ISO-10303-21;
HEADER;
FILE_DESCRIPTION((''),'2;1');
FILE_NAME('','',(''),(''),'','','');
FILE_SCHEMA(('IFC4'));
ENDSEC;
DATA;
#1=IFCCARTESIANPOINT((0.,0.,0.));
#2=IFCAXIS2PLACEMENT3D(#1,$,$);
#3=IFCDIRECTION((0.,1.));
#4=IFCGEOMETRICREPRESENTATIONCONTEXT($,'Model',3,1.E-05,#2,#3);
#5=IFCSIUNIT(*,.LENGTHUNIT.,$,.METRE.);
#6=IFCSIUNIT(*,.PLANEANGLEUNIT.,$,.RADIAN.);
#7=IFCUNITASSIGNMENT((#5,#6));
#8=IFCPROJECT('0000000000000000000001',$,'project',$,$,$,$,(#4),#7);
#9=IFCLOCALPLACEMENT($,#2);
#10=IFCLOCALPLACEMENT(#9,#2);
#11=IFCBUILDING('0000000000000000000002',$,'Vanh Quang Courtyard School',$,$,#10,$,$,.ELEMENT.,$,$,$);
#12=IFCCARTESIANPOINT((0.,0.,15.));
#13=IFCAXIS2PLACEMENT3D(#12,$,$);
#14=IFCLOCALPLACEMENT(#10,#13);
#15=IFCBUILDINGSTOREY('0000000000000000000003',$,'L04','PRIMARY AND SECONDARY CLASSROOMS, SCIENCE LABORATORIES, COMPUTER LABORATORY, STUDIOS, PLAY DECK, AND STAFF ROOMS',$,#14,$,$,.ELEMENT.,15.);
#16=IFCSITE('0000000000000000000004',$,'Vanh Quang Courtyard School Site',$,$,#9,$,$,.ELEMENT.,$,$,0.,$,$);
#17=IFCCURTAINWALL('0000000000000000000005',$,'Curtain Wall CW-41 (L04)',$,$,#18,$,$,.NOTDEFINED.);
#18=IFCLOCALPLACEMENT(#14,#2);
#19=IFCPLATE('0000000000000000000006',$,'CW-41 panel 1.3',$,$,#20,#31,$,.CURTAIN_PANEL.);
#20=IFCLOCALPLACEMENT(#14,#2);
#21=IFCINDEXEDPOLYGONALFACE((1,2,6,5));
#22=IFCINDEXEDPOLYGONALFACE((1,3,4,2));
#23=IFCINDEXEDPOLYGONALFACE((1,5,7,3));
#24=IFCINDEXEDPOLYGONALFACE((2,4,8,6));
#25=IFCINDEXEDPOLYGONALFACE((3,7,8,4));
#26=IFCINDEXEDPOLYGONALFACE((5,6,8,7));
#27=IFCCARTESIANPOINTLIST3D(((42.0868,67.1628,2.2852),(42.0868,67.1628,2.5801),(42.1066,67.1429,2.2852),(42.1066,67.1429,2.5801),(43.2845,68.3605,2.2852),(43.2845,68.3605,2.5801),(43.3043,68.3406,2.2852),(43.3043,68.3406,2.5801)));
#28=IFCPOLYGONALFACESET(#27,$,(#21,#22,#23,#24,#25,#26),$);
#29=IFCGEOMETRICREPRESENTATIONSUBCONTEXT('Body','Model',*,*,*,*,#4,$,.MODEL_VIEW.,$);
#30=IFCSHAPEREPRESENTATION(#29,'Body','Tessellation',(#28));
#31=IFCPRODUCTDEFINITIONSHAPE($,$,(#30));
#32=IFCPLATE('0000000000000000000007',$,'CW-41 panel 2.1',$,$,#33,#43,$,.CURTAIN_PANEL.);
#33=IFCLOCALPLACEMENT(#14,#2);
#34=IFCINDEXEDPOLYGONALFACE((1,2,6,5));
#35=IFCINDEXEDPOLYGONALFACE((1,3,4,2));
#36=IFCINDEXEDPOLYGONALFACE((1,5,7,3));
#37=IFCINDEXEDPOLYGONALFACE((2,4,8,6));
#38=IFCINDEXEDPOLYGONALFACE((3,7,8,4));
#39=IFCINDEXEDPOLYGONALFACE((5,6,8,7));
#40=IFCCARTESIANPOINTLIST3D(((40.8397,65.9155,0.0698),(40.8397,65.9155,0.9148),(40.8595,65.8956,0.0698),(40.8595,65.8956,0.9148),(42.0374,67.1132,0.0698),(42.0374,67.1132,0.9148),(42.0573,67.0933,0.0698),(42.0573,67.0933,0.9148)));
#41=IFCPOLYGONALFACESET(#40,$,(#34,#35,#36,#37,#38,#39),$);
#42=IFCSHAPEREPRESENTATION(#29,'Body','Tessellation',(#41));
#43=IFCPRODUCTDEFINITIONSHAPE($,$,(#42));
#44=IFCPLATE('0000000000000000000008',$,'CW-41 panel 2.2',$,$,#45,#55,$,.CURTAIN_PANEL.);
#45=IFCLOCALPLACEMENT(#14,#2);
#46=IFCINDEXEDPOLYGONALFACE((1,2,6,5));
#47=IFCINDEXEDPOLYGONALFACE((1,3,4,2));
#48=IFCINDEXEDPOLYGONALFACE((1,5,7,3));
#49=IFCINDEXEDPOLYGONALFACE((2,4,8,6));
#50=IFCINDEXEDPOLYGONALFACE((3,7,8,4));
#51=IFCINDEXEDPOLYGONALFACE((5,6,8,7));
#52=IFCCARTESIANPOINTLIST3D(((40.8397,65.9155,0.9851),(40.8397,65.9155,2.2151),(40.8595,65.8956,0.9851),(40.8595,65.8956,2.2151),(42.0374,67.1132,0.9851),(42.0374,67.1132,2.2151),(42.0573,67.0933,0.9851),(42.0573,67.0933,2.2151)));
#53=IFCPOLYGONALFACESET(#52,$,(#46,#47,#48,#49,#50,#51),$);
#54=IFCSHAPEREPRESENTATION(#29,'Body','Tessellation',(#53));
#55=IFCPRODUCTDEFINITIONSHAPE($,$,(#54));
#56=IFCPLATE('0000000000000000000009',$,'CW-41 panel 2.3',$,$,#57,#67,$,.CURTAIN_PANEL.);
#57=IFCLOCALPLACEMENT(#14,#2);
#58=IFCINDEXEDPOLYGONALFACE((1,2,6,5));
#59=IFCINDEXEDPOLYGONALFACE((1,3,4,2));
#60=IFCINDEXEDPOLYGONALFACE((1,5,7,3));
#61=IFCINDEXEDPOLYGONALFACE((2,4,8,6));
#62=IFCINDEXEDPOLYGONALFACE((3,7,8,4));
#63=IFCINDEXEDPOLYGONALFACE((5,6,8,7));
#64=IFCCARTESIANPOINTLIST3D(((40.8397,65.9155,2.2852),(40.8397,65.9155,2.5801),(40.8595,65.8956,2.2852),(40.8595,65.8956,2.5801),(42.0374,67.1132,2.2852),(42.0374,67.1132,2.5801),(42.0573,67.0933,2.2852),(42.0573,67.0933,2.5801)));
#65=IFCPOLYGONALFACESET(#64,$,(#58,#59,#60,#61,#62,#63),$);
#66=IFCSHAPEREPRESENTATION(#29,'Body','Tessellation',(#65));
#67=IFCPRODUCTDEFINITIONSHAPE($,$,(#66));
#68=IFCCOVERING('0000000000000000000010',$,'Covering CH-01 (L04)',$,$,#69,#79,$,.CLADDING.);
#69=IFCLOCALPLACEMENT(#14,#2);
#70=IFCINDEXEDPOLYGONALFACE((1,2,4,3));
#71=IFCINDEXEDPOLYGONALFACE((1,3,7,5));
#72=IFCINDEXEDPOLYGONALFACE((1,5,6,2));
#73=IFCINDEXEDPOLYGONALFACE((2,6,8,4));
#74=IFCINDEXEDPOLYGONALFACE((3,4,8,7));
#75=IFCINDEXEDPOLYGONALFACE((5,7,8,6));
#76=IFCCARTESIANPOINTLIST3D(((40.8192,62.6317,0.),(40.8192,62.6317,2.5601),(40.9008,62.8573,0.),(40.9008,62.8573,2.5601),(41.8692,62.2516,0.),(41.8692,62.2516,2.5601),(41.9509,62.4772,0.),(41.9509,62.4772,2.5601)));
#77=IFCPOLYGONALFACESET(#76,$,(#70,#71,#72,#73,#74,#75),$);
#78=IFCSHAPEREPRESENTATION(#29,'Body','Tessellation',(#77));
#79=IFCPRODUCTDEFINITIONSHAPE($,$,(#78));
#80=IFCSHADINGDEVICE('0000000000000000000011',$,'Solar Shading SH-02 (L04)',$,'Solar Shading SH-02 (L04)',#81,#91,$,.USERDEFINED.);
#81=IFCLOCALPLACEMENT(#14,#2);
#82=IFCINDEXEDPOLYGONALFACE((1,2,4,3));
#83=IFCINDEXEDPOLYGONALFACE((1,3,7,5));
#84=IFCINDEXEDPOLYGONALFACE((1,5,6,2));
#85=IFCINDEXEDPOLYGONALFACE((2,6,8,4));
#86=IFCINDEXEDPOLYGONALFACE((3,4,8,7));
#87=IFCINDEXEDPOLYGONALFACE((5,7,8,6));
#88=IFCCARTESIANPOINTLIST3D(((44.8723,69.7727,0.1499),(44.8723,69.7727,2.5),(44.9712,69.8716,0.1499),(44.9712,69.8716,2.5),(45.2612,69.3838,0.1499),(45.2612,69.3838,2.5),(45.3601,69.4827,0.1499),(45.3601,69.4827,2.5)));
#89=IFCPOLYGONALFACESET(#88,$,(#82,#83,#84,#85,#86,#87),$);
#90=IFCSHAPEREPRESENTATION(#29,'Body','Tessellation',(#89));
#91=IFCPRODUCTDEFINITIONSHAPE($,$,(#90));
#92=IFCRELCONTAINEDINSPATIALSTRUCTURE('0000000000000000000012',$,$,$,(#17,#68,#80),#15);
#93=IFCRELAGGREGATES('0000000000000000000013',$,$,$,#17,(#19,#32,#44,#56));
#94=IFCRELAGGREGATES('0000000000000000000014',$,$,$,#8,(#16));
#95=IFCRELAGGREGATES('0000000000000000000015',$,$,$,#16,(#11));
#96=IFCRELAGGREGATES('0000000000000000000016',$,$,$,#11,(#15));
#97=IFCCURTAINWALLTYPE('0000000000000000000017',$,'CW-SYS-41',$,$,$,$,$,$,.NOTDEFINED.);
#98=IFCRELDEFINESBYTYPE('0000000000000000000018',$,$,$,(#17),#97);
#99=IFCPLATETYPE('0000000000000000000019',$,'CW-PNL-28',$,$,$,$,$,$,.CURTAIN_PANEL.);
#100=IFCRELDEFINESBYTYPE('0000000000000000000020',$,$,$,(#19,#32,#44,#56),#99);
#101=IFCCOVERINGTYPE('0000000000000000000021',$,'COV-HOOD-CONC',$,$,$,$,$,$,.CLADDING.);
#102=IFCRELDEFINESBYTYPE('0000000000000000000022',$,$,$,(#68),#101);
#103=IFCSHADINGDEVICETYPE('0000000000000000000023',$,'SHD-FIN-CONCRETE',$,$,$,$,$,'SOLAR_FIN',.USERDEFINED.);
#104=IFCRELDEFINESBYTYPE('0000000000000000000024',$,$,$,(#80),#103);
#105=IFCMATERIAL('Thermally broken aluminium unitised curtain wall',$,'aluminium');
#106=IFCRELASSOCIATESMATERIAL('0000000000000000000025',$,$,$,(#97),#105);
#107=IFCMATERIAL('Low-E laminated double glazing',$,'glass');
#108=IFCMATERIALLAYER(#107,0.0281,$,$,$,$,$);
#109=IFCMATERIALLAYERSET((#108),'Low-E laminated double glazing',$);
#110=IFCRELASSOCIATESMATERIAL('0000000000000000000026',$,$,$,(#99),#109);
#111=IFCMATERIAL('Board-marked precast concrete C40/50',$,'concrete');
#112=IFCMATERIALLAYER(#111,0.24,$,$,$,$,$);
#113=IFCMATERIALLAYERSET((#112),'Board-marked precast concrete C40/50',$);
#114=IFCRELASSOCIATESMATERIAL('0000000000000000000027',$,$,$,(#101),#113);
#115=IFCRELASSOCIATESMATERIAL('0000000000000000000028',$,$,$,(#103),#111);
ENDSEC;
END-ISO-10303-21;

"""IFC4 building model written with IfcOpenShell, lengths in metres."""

from ifc_helpers import new_model, si_unit, direction, frame, origin, origin_2d, place, context, subcontext, project, spatial, rectangle, extrude, material, layer, layer_set, type_object, element, aggregate, save


model = new_model("IFC4")

# Units and contexts
model_context = context("Model", 3, precision=1e-05, world=origin(), true_north=direction((0.0, 1.0)))
body_context = subcontext(model_context, "Body", "Model", "MODEL_VIEW")
ifc_project = project(units=[si_unit("LENGTHUNIT", "METRE"), si_unit("PLANEANGLEUNIT", "RADIAN")], contexts=[model_context])

# Site, building, storey
site_placement = place(None, origin())
site = spatial("IfcSite", under=ifc_project, at=site_placement, Name="Vanh Quang Courtyard School Site", CompositionType="ELEMENT", RefElevation=0.0)
building_placement = place(site_placement, origin())
building = spatial("IfcBuilding", under=site, at=building_placement, Name="Vanh Quang Courtyard School", CompositionType="ELEMENT")
storey_placement = place(building_placement, frame((0.0, 0.0, 15.0)))
storey = spatial("IfcBuildingStorey", under=building, at=storey_placement, Name="L04", Description="PRIMARY AND SECONDARY CLASSROOMS, SCIENCE LABORATORIES, COMPUTER LABORATORY, STUDIOS, PLAY DECK, AND STAFF ROOMS", CompositionType="ELEMENT", Elevation=15.0)

# Curtain wall, plates
ifc_material_1 = material(Name="Thermally broken aluminium unitised curtain wall", Category="aluminium")
curtain_wall_type = type_object("IfcCurtainWallType", Name="CW-SYS-41", PredefinedType="NOTDEFINED", material=ifc_material_1)
curtain_wall_placement = place(storey_placement, origin())
curtain_wall = element("IfcCurtainWall", 1, at=curtain_wall_placement, inside=storey, type_object=curtain_wall_type, Name="Curtain Wall CW-41 (L04)", PredefinedType="NOTDEFINED")
ifc_material_2 = material(Name="Low-E laminated double glazing", Category="glass")
ifc_layer_1 = layer(ifc_material_2, 0.0281)
ifc_layer_set_1 = layer_set([ifc_layer_1], Name="Low-E laminated double glazing")
plate_type = type_object("IfcPlateType", Name="CW-PNL-28", PredefinedType="CURTAIN_PANEL", material=ifc_layer_set_1)
plate_1_placement = place(storey_placement, frame((42.6956, 67.7517, 2.2852), z_axis=(0.0, 0.0, 1.0), x_axis=(-0.707107, -0.707107, 0.0)))
plate_1 = element("IfcPlate", 2, at=plate_1_placement, type_object=plate_type, Name="CW-41 panel 1.3", PredefinedType="CURTAIN_PANEL", context=body_context, shape_type="SweptSolid", body=[
    extrude(rectangle(XDim=1.6938, YDim=0.0281, at=origin_2d()), origin(), (0.0, 0.0, 1.0), 0.2949),
])
plate_2_placement = place(storey_placement, frame((41.4485, 66.5044, 0.0698), z_axis=(0.0, 0.0, 1.0), x_axis=(-0.707107, -0.707107, 0.0)))
plate_2 = element("IfcPlate", 3, at=plate_2_placement, type_object=plate_type, Name="CW-41 panel 2.1", PredefinedType="CURTAIN_PANEL", context=body_context, shape_type="SweptSolid", body=[
    extrude(rectangle(XDim=1.6938, YDim=0.0281, at=origin_2d()), origin(), (0.0, 0.0, 1.0), 0.845),
])
plate_3_placement = place(storey_placement, frame((41.4485, 66.5044, 0.9851), z_axis=(0.0, 0.0, 1.0), x_axis=(-0.707107, -0.707107, 0.0)))
plate_3 = element("IfcPlate", 4, at=plate_3_placement, type_object=plate_type, Name="CW-41 panel 2.2", PredefinedType="CURTAIN_PANEL", context=body_context, shape_type="SweptSolid", body=[
    extrude(rectangle(XDim=1.6938, YDim=0.0281, at=origin_2d()), origin(), (0.0, 0.0, 1.0), 1.23),
])
plate_4_placement = place(storey_placement, frame((41.4485, 66.5044, 2.2852), z_axis=(0.0, 0.0, 1.0), x_axis=(-0.707107, -0.707107, 0.0)))
plate_4 = element("IfcPlate", 5, at=plate_4_placement, type_object=plate_type, Name="CW-41 panel 2.3", PredefinedType="CURTAIN_PANEL", context=body_context, shape_type="SweptSolid", body=[
    extrude(rectangle(XDim=1.6938, YDim=0.0281, at=origin_2d()), origin(), (0.0, 0.0, 1.0), 0.2949),
])
aggregate(curtain_wall, [plate_1, plate_2, plate_3, plate_4])

# Covering
ifc_material_3 = material(Name="Board-marked precast concrete C40/50", Category="concrete")
ifc_layer_2 = layer(ifc_material_3, 0.24)
ifc_layer_set_2 = layer_set([ifc_layer_2], Name="Board-marked precast concrete C40/50")
covering_type = type_object("IfcCoveringType", Name="COV-HOOD-CONC", PredefinedType="CLADDING", material=ifc_layer_set_2)
covering_placement = place(storey_placement, frame((41.385, 62.5544, 0.0), z_axis=(0.0, 0.0, 1.0), x_axis=(0.940288, -0.34038, 0.0)))
element("IfcCovering", 6, at=covering_placement, inside=storey, type_object=covering_type, Name="Covering CH-01 (L04)", PredefinedType="CLADDING", context=body_context, shape_type="SweptSolid", body=[
    extrude(rectangle(XDim=1.1167, YDim=0.24, at=origin_2d()), origin(), (0.0, 0.0, 1.0), 2.5601),
])

# Shading device
shading_device_type = type_object("IfcShadingDeviceType", Name="SHD-FIN-CONCRETE", ElementType="SOLAR_FIN", PredefinedType="USERDEFINED", material=ifc_material_3)
shading_device_placement = place(storey_placement, frame((45.1162, 69.6277, 0.1499), z_axis=(0.0, 0.0, 1.0), x_axis=(-0.707107, -0.707107, 0.0)))
element("IfcShadingDevice", 7, at=shading_device_placement, inside=storey, type_object=shading_device_type, Name="Solar Shading SH-02 (L04)", ObjectType="Solar Shading SH-02 (L04)", PredefinedType="USERDEFINED", context=body_context, shape_type="SweptSolid", body=[
    extrude(rectangle(XDim=0.1399, YDim=0.55, at=origin_2d()), origin(), (0.0, 0.0, 1.0), 2.3501),
])

save(model, "model.ifc")
